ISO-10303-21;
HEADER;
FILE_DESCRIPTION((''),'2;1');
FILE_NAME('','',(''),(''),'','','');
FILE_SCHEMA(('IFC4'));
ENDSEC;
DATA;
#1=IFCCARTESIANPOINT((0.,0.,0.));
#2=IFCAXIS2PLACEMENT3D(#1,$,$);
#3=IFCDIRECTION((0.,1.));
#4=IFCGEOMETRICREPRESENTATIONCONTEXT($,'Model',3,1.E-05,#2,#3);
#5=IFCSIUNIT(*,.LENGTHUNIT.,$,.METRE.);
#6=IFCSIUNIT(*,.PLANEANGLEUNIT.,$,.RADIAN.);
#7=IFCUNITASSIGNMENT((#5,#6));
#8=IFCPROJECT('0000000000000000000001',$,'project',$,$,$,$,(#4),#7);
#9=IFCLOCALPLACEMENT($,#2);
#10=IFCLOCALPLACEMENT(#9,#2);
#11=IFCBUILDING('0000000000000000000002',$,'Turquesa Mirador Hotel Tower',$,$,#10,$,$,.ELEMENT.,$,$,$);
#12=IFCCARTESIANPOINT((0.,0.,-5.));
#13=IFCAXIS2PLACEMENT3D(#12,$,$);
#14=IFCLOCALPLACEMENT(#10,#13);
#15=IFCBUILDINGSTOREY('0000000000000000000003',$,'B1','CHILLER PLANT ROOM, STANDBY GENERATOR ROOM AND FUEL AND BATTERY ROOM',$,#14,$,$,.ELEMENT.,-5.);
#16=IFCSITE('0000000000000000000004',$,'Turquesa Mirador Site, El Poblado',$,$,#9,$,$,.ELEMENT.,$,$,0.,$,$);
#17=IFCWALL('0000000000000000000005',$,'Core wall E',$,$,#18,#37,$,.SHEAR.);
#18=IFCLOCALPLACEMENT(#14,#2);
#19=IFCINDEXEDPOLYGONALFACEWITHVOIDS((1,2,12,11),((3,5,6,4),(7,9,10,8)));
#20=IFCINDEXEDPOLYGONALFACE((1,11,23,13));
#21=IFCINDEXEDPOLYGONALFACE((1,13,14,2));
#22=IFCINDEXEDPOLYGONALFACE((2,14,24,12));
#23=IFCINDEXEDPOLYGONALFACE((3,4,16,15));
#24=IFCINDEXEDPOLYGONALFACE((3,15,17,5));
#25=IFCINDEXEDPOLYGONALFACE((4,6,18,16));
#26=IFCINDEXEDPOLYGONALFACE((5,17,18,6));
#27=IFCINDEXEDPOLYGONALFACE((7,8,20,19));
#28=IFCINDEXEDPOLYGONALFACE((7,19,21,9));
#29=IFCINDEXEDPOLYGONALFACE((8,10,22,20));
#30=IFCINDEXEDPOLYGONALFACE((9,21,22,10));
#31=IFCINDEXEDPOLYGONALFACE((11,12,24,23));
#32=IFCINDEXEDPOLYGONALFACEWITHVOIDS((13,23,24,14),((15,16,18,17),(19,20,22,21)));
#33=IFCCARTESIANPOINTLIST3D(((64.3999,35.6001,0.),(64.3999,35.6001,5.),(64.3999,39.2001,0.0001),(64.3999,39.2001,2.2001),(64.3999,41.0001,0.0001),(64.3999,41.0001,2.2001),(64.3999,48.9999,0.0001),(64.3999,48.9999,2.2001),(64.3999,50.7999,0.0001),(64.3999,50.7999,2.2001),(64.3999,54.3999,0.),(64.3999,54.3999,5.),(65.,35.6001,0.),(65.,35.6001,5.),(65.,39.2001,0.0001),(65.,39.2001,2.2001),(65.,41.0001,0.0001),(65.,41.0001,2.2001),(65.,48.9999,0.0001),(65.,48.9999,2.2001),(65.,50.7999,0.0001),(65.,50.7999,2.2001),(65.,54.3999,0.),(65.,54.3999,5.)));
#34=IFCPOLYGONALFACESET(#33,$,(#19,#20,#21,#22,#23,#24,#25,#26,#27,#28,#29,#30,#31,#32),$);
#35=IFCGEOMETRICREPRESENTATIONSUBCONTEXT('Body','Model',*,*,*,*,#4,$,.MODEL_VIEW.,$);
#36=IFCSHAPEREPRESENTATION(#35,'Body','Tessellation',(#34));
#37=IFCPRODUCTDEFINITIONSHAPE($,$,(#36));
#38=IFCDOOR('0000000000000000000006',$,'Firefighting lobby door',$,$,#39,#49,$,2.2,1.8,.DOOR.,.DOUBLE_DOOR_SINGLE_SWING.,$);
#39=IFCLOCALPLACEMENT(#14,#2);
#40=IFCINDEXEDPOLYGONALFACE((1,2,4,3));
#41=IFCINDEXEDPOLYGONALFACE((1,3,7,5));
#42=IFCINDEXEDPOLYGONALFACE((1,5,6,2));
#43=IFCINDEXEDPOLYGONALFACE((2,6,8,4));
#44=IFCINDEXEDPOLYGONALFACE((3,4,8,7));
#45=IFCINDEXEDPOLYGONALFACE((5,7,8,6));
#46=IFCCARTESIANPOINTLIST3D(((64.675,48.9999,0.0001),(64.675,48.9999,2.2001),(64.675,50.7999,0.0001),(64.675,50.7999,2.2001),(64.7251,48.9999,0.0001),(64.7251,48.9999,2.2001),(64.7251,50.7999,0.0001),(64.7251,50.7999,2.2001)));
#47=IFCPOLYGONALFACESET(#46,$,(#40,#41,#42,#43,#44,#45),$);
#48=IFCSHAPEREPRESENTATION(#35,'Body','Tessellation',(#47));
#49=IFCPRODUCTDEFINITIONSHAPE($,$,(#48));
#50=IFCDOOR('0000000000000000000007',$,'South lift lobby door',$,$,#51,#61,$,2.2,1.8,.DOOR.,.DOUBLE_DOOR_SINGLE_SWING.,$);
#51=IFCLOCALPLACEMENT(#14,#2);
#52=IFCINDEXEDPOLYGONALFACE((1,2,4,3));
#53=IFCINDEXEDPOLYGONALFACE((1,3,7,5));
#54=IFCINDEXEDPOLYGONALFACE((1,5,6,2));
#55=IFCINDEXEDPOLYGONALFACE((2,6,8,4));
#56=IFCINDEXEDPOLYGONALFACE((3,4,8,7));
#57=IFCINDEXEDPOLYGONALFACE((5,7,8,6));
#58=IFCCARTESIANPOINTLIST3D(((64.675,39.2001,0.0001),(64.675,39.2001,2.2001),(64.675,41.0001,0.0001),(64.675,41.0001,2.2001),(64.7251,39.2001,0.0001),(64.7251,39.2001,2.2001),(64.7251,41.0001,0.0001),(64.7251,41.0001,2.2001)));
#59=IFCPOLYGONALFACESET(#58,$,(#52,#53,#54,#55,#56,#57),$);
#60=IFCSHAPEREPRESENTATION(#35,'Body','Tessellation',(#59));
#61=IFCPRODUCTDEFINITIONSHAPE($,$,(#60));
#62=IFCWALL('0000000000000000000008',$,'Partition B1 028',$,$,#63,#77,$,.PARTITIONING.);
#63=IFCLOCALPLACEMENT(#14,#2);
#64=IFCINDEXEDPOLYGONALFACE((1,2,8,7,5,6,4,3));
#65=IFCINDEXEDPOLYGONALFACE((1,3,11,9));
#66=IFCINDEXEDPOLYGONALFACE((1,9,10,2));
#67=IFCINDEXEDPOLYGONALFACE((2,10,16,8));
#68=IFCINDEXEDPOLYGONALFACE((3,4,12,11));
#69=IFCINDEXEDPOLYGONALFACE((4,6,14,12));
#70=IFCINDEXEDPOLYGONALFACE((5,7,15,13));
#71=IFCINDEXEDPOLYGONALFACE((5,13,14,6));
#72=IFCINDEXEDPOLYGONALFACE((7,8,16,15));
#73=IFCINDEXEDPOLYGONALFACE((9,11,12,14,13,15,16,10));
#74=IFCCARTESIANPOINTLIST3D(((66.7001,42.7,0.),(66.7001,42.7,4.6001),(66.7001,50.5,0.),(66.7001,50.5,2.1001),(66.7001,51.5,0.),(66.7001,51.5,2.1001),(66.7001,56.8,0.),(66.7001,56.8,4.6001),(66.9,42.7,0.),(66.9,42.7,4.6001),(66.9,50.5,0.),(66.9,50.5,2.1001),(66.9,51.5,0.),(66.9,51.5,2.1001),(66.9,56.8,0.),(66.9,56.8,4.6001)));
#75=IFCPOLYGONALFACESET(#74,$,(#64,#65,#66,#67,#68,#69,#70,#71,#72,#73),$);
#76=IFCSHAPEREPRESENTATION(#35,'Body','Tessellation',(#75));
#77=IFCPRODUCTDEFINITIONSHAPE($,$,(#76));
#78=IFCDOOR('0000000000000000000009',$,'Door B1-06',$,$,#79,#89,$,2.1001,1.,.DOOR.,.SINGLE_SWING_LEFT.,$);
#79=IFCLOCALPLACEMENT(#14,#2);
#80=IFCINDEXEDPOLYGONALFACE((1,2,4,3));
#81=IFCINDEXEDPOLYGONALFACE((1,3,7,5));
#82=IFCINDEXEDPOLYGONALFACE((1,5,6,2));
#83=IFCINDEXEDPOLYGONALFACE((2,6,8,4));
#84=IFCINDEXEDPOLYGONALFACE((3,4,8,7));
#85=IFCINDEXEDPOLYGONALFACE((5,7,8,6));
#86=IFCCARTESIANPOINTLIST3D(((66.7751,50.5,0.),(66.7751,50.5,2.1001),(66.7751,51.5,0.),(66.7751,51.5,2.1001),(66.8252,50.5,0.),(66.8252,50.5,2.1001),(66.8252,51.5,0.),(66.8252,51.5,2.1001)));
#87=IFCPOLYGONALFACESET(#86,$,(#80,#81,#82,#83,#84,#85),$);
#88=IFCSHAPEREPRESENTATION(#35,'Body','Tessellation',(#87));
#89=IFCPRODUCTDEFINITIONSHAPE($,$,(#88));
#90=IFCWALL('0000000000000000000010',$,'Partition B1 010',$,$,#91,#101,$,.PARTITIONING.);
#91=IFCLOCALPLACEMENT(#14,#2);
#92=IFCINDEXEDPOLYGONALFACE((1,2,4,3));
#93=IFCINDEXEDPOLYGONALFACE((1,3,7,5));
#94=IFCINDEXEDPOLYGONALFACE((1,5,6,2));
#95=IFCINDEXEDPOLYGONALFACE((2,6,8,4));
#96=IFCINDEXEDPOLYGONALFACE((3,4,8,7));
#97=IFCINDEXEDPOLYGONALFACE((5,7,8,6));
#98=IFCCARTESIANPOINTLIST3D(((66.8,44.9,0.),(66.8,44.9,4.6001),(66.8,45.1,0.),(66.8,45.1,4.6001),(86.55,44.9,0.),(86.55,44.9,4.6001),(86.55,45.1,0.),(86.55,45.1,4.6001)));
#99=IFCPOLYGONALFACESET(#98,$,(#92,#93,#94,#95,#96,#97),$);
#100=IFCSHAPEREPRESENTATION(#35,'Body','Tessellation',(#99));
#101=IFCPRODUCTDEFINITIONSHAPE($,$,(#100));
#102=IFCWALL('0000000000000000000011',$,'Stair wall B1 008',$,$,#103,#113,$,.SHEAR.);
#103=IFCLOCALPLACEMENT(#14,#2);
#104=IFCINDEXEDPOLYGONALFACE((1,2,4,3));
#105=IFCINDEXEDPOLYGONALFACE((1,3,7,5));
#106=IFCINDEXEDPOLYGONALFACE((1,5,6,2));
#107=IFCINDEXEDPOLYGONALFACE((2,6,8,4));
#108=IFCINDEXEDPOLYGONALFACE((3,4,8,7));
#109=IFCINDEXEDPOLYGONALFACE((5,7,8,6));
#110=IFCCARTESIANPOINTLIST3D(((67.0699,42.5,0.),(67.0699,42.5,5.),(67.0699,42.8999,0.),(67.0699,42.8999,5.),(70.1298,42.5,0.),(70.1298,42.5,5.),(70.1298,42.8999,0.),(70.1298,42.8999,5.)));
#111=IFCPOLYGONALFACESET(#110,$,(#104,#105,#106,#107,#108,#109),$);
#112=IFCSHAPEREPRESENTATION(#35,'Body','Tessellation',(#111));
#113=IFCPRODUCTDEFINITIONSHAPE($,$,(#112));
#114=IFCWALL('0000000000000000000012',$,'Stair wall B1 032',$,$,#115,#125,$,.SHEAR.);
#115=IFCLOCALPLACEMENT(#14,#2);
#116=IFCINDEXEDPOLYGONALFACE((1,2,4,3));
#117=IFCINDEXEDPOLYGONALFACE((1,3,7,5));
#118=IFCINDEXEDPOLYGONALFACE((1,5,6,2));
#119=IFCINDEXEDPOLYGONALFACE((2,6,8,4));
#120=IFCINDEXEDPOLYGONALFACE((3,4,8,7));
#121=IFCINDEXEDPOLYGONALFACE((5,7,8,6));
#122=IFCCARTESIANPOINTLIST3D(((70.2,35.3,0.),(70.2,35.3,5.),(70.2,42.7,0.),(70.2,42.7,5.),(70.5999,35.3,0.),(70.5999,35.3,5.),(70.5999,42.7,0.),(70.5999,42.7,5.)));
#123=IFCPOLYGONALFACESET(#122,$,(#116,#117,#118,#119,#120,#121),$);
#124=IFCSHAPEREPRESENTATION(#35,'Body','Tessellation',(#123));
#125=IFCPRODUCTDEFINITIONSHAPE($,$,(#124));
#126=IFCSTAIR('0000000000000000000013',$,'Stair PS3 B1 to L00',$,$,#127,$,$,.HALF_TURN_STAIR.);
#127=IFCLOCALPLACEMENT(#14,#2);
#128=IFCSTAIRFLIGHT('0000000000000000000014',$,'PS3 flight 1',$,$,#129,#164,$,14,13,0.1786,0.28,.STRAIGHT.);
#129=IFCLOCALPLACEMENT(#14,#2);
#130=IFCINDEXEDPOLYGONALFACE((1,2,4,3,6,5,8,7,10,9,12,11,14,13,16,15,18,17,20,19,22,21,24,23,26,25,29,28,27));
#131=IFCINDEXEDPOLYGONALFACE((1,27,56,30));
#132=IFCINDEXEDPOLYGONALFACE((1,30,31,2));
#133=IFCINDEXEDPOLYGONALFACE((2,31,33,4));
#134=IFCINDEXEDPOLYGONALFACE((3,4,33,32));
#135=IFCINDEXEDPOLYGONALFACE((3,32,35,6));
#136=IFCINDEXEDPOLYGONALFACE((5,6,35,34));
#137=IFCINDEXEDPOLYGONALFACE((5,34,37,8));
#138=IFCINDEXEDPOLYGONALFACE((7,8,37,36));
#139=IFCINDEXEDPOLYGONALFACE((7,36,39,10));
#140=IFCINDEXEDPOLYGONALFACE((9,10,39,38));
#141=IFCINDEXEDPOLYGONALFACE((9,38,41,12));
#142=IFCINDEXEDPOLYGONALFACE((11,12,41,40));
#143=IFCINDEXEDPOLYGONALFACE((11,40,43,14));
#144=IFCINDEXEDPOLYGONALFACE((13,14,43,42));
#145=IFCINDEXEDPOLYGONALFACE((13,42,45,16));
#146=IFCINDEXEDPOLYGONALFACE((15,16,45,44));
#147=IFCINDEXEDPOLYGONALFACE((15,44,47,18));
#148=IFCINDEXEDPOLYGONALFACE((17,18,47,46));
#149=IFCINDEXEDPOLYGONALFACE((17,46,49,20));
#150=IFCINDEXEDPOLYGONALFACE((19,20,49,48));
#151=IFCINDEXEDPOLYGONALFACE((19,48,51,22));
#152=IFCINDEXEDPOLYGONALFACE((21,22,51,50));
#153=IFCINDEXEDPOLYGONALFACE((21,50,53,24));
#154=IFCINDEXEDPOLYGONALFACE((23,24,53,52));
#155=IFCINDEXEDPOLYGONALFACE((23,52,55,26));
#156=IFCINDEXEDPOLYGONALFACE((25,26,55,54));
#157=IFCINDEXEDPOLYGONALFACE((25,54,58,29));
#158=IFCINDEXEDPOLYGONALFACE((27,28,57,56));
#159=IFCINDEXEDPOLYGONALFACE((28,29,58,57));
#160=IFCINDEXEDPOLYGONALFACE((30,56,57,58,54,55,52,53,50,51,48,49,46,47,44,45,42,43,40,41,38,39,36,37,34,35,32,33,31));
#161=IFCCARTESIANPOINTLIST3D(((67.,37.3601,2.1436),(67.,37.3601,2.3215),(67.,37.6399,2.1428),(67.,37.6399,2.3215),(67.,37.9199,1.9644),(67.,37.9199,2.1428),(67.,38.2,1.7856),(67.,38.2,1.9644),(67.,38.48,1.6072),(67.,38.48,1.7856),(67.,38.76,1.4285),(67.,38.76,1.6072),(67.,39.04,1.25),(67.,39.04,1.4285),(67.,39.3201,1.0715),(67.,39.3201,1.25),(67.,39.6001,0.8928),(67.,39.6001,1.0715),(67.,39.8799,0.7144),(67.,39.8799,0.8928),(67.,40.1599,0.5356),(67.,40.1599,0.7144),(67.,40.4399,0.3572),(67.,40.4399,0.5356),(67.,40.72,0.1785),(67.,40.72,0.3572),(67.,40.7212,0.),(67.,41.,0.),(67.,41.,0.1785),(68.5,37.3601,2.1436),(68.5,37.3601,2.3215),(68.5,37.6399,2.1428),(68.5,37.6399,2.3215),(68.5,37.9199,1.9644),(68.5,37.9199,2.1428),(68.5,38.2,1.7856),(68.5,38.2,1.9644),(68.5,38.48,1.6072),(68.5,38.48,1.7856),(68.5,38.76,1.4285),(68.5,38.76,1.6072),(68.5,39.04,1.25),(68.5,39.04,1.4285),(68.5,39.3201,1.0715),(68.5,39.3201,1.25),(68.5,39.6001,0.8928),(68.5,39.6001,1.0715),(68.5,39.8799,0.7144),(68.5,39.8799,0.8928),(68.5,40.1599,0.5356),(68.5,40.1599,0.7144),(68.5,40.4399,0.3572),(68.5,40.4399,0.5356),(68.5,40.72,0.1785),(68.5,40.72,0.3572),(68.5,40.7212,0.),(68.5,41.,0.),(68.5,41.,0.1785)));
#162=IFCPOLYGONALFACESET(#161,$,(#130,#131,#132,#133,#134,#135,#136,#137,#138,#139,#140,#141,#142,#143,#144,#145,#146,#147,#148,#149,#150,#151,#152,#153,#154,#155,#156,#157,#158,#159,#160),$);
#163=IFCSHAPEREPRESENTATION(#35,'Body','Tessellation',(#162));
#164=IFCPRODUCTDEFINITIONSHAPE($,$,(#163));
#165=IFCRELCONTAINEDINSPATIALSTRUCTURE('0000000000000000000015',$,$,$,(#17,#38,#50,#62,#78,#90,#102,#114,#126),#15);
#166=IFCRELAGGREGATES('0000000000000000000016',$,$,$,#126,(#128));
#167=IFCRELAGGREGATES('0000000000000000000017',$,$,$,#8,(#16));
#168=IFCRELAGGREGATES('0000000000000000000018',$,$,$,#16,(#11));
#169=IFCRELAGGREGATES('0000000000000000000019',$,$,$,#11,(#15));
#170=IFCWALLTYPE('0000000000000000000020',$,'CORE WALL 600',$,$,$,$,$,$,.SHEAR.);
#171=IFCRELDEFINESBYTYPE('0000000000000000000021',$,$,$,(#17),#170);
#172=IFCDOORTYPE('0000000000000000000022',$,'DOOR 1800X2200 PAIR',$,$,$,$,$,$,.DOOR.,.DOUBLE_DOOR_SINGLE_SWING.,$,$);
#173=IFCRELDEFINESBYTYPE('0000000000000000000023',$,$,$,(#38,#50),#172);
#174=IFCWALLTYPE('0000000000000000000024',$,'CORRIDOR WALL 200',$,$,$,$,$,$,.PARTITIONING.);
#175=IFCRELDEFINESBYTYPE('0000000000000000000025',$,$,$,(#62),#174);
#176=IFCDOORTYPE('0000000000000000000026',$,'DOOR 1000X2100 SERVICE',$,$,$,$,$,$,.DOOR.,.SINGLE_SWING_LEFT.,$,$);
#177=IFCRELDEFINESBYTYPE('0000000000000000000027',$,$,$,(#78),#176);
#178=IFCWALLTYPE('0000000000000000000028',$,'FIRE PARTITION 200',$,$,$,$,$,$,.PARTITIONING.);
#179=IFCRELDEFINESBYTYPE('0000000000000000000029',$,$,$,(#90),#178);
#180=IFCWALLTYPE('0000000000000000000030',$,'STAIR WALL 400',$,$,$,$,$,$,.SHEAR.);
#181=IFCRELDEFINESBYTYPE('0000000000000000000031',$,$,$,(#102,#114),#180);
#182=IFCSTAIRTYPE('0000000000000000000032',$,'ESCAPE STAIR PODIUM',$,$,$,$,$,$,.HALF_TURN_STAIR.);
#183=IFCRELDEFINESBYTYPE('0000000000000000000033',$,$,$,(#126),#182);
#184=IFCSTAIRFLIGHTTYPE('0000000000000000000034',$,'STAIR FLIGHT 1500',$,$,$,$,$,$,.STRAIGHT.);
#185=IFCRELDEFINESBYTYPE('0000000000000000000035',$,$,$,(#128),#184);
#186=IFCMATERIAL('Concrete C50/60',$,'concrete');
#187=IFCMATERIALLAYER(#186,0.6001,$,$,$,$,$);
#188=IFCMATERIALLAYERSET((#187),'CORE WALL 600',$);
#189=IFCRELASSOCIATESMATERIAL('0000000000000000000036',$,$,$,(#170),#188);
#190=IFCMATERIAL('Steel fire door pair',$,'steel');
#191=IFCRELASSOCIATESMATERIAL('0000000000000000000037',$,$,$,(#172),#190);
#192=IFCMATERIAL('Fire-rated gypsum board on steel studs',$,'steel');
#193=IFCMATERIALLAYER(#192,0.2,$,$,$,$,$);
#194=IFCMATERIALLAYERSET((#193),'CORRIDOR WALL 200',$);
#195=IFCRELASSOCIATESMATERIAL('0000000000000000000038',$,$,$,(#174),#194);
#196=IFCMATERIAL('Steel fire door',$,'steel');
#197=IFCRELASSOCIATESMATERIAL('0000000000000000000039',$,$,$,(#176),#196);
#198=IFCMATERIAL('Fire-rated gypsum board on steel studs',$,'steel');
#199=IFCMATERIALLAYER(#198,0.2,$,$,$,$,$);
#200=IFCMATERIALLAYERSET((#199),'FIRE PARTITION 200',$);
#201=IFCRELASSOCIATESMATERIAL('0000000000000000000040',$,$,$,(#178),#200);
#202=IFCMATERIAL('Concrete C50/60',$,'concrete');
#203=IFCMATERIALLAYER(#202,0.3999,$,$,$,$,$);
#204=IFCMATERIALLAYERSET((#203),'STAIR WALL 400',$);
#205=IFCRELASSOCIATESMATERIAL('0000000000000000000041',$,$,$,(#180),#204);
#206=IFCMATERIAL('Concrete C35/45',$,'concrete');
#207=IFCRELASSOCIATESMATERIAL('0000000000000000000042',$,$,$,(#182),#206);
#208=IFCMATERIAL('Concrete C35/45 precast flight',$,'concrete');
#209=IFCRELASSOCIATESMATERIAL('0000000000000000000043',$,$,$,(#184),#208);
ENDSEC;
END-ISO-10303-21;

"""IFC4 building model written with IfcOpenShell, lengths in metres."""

from ifc_helpers import new_model, si_unit, direction, frame, frame_2d, origin, place, context, subcontext, project, spatial, polyline, rectangle, outline, extrude, material, layer, layer_set, type_object, element, fill, aggregate, save


model = new_model("IFC4")

# Units and contexts
model_context = context("Model", 3, precision=1e-05, world=origin(), true_north=direction((0.0, 1.0)))
body_context = subcontext(model_context, "Body", "Model", "MODEL_VIEW")
ifc_project = project(units=[si_unit("LENGTHUNIT", "METRE"), si_unit("PLANEANGLEUNIT", "RADIAN")], contexts=[model_context])

# Site, building, storey
site_placement = place(None, origin())
site = spatial("IfcSite", under=ifc_project, at=site_placement, Name="Turquesa Mirador Site, El Poblado", CompositionType="ELEMENT", RefElevation=0.0)
building_placement = place(site_placement, origin())
building = spatial("IfcBuilding", under=site, at=building_placement, Name="Turquesa Mirador Hotel Tower", CompositionType="ELEMENT")
storey_placement = place(building_placement, frame((0.0, 0.0, -5.0)))
storey = spatial("IfcBuildingStorey", under=building, at=storey_placement, Name="B1", Description="CHILLER PLANT ROOM, STANDBY GENERATOR ROOM AND FUEL AND BATTERY ROOM", CompositionType="ELEMENT", Elevation=-5.0)

# Wall, openings, doors
ifc_material_1 = material(Name="Concrete C50/60", Category="concrete")
ifc_layer_1 = layer(ifc_material_1, 0.6001)
ifc_layer_set_1 = layer_set([ifc_layer_1], Name="CORE WALL 600")
wall_type_1 = type_object("IfcWallType", Name="CORE WALL 600", PredefinedType="SHEAR", material=ifc_layer_set_1)
wall_1_placement = place(storey_placement, frame((64.7, 35.6001, 0.0), z_axis=(0.0, 0.0, 1.0), x_axis=(0.0, 1.0, 0.0)))
wall_1 = element("IfcWall", 1, at=wall_1_placement, inside=storey, type_object=wall_type_1, Name="Core wall E", PredefinedType="SHEAR", context=body_context, shape_type="SweptSolid", body=[
    extrude(rectangle(XDim=18.7998, YDim=0.6001, at=frame_2d((9.3999, 0.0))), origin(), (0.0, 0.0, 1.0), 5.0),
])
opening_1_placement = place(wall_1_placement, frame((13.3999, 0.0, 0.0)))
opening_1 = element("IfcOpeningElement", 2, at=opening_1_placement, cuts=wall_1, PredefinedType="OPENING", context=body_context, shape_type="SweptSolid", body=[
    extrude(rectangle(XDim=1.8, YDim=2.2, at=frame_2d((0.8999, 1.1001))), frame((0.0, 0.3101, 0.0), z_axis=(0.0, -1.0, 0.0), x_axis=(1.0, 0.0, 0.0)), (0.0, 0.0, 1.0), 0.6201),
])
opening_2_placement = place(wall_1_placement, frame((3.6001, 0.0, 0.0)))
opening_2 = element("IfcOpeningElement", 3, at=opening_2_placement, cuts=wall_1, PredefinedType="OPENING", context=body_context, shape_type="SweptSolid", body=[
    extrude(rectangle(XDim=1.8, YDim=2.2, at=frame_2d((0.8999, 1.1001))), frame((0.0, 0.3101, 0.0), z_axis=(0.0, -1.0, 0.0), x_axis=(1.0, 0.0, 0.0)), (0.0, 0.0, 1.0), 0.6201),
])
ifc_material_2 = material(Name="Steel fire door pair", Category="steel")
door_type_1 = type_object("IfcDoorType", Name="DOOR 1800X2200 PAIR", OperationType="DOUBLE_DOOR_SINGLE_SWING", PredefinedType="DOOR", material=ifc_material_2)
door_1_placement = place(opening_1_placement, origin())
door_1 = element("IfcDoor", 4, at=door_1_placement, inside=storey, type_object=door_type_1, Name="Firefighting lobby door", OperationType="DOUBLE_DOOR_SINGLE_SWING", OverallHeight=2.2, OverallWidth=1.8, PredefinedType="DOOR", context=body_context, shape_type="SweptSolid", body=[
    extrude(rectangle(XDim=1.8, YDim=2.2, at=frame_2d((0.8999, 1.1001))), frame((0.0, 0.0249, 0.0), z_axis=(0.0, -1.0, 0.0), x_axis=(1.0, 0.0, 0.0)), (0.0, 0.0, 1.0), 0.05),
])
fill(opening_1, door_1)
door_2_placement = place(opening_2_placement, origin())
door_2 = element("IfcDoor", 5, at=door_2_placement, inside=storey, type_object=door_type_1, Name="South lift lobby door", OperationType="DOUBLE_DOOR_SINGLE_SWING", OverallHeight=2.2, OverallWidth=1.8, PredefinedType="DOOR", context=body_context, shape_type="SweptSolid", body=[
    extrude(rectangle(XDim=1.8, YDim=2.2, at=frame_2d((0.8999, 1.1001))), frame((0.0, 0.0249, 0.0), z_axis=(0.0, -1.0, 0.0), x_axis=(1.0, 0.0, 0.0)), (0.0, 0.0, 1.0), 0.05),
])
fill(opening_2, door_2)

# Wall, opening, door
ifc_material_3 = material(Name="Fire-rated gypsum board on steel studs", Category="steel")
ifc_layer_2 = layer(ifc_material_3, 0.2)
ifc_layer_set_2 = layer_set([ifc_layer_2], Name="CORRIDOR WALL 200")
wall_type_2 = type_object("IfcWallType", Name="CORRIDOR WALL 200", PredefinedType="PARTITIONING", material=ifc_layer_set_2)
wall_2_placement = place(storey_placement, frame((66.8, 42.7, 0.0), z_axis=(0.0, 0.0, 1.0), x_axis=(0.0, 1.0, 0.0)))
wall_2 = element("IfcWall", 6, at=wall_2_placement, inside=storey, type_object=wall_type_2, Name="Partition B1 028", PredefinedType="PARTITIONING", context=body_context, shape_type="SweptSolid", body=[
    extrude(rectangle(XDim=14.1001, YDim=0.2, at=frame_2d((7.05, 0.0))), origin(), (0.0, 0.0, 1.0), 4.6001),
])
opening_3_placement = place(wall_2_placement, frame((7.8, 0.0, 0.0)))
opening_3 = element("IfcOpeningElement", 7, at=opening_3_placement, cuts=wall_2, PredefinedType="OPENING", context=body_context, shape_type="SweptSolid", body=[
    extrude(rectangle(XDim=1.0, YDim=2.1001, at=frame_2d((0.5, 1.05))), frame((0.0, 0.1099, 0.0), z_axis=(0.0, -1.0, 0.0), x_axis=(1.0, 0.0, 0.0)), (0.0, 0.0, 1.0), 0.22),
])
ifc_material_4 = material(Name="Steel fire door", Category="steel")
door_type_2 = type_object("IfcDoorType", Name="DOOR 1000X2100 SERVICE", OperationType="SINGLE_SWING_LEFT", PredefinedType="DOOR", material=ifc_material_4)
door_3_placement = place(opening_3_placement, origin())
door_3 = element("IfcDoor", 8, at=door_3_placement, inside=storey, type_object=door_type_2, Name="Door B1-06", OperationType="SINGLE_SWING_LEFT", OverallHeight=2.1001, OverallWidth=1.0, PredefinedType="DOOR", context=body_context, shape_type="SweptSolid", body=[
    extrude(rectangle(XDim=1.0, YDim=2.1001, at=frame_2d((0.5, 1.05))), frame((0.0, 0.0249, 0.0), z_axis=(0.0, -1.0, 0.0), x_axis=(1.0, 0.0, 0.0)), (0.0, 0.0, 1.0), 0.05),
])
fill(opening_3, door_3)

# Walls
ifc_material_5 = material(Name="Fire-rated gypsum board on steel studs", Category="steel")
ifc_layer_3 = layer(ifc_material_5, 0.2)
ifc_layer_set_3 = layer_set([ifc_layer_3], Name="FIRE PARTITION 200")
wall_type_3 = type_object("IfcWallType", Name="FIRE PARTITION 200", PredefinedType="PARTITIONING", material=ifc_layer_set_3)
wall_3_placement = place(storey_placement, frame((66.8, 45.0, 0.0), z_axis=(0.0, 0.0, 1.0), x_axis=(1.0, 0.0, 0.0)))
element("IfcWall", 9, at=wall_3_placement, inside=storey, type_object=wall_type_3, Name="Partition B1 010", PredefinedType="PARTITIONING", context=body_context, shape_type="SweptSolid", body=[
    extrude(rectangle(XDim=19.75, YDim=0.2, at=frame_2d((9.875, 0.0))), origin(), (0.0, 0.0, 1.0), 4.6001),
])
ifc_material_6 = material(Name="Concrete C50/60", Category="concrete")
ifc_layer_4 = layer(ifc_material_6, 0.3999)
ifc_layer_set_4 = layer_set([ifc_layer_4], Name="STAIR WALL 400")
wall_type_4 = type_object("IfcWallType", Name="STAIR WALL 400", PredefinedType="SHEAR", material=ifc_layer_set_4)
wall_4_placement = place(storey_placement, frame((67.0701, 42.7, 0.0), z_axis=(0.0, 0.0, 1.0), x_axis=(1.0, 0.0, 0.0)))
element("IfcWall", 10, at=wall_4_placement, inside=storey, type_object=wall_type_4, Name="Stair wall B1 008", PredefinedType="SHEAR", context=body_context, shape_type="SweptSolid", body=[
    extrude(rectangle(XDim=3.0598, YDim=0.3999, at=frame_2d((1.5298, 0.0))), origin(), (0.0, 0.0, 1.0), 5.0),
])
wall_5_placement = place(storey_placement, frame((70.3999, 35.3, 0.0), z_axis=(0.0, 0.0, 1.0), x_axis=(0.0, 1.0, 0.0)))
element("IfcWall", 11, at=wall_5_placement, inside=storey, type_object=wall_type_4, Name="Stair wall B1 032", PredefinedType="SHEAR", context=body_context, shape_type="SweptSolid", body=[
    extrude(rectangle(XDim=7.3999, YDim=0.3999, at=frame_2d((3.7, 0.0))), origin(), (0.0, 0.0, 1.0), 5.0),
])

# Stair, stair flight
ifc_material_7 = material(Name="Concrete C35/45", Category="concrete")
stair_type = type_object("IfcStairType", Name="ESCAPE STAIR PODIUM", PredefinedType="HALF_TURN_STAIR", material=ifc_material_7)
stair_placement = place(storey_placement, origin())
stair = element("IfcStair", 12, at=stair_placement, inside=storey, type_object=stair_type, Name="Stair PS3 B1 to L00", PredefinedType="HALF_TURN_STAIR")
ifc_material_8 = material(Name="Concrete C35/45 precast flight", Category="concrete")
stair_flight_type = type_object("IfcStairFlightType", Name="STAIR FLIGHT 1500", PredefinedType="STRAIGHT", material=ifc_material_8)
stair_flight_1_placement = place(storey_placement, frame((67.75, 41.0, 0.0), z_axis=(0.0, 0.0, 1.0), x_axis=(0.0, -1.0, 0.0)))
stair_flight_1 = element("IfcStairFlight", 13, at=stair_flight_1_placement, type_object=stair_flight_type, Name="PS3 flight 1", NumberOfRisers=14, NumberOfTreads=13, PredefinedType="STRAIGHT", RiserHeight=0.1786, TreadLength=0.28, context=body_context, shape_type="SweptSolid", body=[
    extrude(outline(polyline([(0.0, 0.0), (0.0, 0.1785), (0.28, 0.1785), (0.28, 0.3572), (0.5601, 0.3572), (0.5601, 0.5356), (0.8401, 0.5356), (0.8401, 0.7144), (1.1201, 0.7144), (1.1201, 0.8928), (1.3999, 0.8928), (1.3999, 1.0715), (1.6799, 1.0715), (1.6799, 1.25), (1.96, 1.25), (1.96, 1.4285), (2.24, 1.4285), (2.24, 1.6072), (2.52, 1.6072), (2.52, 1.7856), (2.8, 1.7856), (2.8, 1.9644), (3.0801, 1.9644), (3.0801, 2.1428), (3.3601, 2.1428), (3.3601, 2.3215), (3.6399, 2.3215), (3.6399, 2.5), (3.6399, 2.1436), (0.2788, 0.0), (0.0, 0.0)])), frame((0.0, 0.75, 0.0), z_axis=(0.0, -1.0, 0.0), x_axis=(1.0, 0.0, 0.0)), (0.0, 0.0, 1.0), 1.5),
])
aggregate(stair, [stair_flight_1])

save(model, "model.ifc")
